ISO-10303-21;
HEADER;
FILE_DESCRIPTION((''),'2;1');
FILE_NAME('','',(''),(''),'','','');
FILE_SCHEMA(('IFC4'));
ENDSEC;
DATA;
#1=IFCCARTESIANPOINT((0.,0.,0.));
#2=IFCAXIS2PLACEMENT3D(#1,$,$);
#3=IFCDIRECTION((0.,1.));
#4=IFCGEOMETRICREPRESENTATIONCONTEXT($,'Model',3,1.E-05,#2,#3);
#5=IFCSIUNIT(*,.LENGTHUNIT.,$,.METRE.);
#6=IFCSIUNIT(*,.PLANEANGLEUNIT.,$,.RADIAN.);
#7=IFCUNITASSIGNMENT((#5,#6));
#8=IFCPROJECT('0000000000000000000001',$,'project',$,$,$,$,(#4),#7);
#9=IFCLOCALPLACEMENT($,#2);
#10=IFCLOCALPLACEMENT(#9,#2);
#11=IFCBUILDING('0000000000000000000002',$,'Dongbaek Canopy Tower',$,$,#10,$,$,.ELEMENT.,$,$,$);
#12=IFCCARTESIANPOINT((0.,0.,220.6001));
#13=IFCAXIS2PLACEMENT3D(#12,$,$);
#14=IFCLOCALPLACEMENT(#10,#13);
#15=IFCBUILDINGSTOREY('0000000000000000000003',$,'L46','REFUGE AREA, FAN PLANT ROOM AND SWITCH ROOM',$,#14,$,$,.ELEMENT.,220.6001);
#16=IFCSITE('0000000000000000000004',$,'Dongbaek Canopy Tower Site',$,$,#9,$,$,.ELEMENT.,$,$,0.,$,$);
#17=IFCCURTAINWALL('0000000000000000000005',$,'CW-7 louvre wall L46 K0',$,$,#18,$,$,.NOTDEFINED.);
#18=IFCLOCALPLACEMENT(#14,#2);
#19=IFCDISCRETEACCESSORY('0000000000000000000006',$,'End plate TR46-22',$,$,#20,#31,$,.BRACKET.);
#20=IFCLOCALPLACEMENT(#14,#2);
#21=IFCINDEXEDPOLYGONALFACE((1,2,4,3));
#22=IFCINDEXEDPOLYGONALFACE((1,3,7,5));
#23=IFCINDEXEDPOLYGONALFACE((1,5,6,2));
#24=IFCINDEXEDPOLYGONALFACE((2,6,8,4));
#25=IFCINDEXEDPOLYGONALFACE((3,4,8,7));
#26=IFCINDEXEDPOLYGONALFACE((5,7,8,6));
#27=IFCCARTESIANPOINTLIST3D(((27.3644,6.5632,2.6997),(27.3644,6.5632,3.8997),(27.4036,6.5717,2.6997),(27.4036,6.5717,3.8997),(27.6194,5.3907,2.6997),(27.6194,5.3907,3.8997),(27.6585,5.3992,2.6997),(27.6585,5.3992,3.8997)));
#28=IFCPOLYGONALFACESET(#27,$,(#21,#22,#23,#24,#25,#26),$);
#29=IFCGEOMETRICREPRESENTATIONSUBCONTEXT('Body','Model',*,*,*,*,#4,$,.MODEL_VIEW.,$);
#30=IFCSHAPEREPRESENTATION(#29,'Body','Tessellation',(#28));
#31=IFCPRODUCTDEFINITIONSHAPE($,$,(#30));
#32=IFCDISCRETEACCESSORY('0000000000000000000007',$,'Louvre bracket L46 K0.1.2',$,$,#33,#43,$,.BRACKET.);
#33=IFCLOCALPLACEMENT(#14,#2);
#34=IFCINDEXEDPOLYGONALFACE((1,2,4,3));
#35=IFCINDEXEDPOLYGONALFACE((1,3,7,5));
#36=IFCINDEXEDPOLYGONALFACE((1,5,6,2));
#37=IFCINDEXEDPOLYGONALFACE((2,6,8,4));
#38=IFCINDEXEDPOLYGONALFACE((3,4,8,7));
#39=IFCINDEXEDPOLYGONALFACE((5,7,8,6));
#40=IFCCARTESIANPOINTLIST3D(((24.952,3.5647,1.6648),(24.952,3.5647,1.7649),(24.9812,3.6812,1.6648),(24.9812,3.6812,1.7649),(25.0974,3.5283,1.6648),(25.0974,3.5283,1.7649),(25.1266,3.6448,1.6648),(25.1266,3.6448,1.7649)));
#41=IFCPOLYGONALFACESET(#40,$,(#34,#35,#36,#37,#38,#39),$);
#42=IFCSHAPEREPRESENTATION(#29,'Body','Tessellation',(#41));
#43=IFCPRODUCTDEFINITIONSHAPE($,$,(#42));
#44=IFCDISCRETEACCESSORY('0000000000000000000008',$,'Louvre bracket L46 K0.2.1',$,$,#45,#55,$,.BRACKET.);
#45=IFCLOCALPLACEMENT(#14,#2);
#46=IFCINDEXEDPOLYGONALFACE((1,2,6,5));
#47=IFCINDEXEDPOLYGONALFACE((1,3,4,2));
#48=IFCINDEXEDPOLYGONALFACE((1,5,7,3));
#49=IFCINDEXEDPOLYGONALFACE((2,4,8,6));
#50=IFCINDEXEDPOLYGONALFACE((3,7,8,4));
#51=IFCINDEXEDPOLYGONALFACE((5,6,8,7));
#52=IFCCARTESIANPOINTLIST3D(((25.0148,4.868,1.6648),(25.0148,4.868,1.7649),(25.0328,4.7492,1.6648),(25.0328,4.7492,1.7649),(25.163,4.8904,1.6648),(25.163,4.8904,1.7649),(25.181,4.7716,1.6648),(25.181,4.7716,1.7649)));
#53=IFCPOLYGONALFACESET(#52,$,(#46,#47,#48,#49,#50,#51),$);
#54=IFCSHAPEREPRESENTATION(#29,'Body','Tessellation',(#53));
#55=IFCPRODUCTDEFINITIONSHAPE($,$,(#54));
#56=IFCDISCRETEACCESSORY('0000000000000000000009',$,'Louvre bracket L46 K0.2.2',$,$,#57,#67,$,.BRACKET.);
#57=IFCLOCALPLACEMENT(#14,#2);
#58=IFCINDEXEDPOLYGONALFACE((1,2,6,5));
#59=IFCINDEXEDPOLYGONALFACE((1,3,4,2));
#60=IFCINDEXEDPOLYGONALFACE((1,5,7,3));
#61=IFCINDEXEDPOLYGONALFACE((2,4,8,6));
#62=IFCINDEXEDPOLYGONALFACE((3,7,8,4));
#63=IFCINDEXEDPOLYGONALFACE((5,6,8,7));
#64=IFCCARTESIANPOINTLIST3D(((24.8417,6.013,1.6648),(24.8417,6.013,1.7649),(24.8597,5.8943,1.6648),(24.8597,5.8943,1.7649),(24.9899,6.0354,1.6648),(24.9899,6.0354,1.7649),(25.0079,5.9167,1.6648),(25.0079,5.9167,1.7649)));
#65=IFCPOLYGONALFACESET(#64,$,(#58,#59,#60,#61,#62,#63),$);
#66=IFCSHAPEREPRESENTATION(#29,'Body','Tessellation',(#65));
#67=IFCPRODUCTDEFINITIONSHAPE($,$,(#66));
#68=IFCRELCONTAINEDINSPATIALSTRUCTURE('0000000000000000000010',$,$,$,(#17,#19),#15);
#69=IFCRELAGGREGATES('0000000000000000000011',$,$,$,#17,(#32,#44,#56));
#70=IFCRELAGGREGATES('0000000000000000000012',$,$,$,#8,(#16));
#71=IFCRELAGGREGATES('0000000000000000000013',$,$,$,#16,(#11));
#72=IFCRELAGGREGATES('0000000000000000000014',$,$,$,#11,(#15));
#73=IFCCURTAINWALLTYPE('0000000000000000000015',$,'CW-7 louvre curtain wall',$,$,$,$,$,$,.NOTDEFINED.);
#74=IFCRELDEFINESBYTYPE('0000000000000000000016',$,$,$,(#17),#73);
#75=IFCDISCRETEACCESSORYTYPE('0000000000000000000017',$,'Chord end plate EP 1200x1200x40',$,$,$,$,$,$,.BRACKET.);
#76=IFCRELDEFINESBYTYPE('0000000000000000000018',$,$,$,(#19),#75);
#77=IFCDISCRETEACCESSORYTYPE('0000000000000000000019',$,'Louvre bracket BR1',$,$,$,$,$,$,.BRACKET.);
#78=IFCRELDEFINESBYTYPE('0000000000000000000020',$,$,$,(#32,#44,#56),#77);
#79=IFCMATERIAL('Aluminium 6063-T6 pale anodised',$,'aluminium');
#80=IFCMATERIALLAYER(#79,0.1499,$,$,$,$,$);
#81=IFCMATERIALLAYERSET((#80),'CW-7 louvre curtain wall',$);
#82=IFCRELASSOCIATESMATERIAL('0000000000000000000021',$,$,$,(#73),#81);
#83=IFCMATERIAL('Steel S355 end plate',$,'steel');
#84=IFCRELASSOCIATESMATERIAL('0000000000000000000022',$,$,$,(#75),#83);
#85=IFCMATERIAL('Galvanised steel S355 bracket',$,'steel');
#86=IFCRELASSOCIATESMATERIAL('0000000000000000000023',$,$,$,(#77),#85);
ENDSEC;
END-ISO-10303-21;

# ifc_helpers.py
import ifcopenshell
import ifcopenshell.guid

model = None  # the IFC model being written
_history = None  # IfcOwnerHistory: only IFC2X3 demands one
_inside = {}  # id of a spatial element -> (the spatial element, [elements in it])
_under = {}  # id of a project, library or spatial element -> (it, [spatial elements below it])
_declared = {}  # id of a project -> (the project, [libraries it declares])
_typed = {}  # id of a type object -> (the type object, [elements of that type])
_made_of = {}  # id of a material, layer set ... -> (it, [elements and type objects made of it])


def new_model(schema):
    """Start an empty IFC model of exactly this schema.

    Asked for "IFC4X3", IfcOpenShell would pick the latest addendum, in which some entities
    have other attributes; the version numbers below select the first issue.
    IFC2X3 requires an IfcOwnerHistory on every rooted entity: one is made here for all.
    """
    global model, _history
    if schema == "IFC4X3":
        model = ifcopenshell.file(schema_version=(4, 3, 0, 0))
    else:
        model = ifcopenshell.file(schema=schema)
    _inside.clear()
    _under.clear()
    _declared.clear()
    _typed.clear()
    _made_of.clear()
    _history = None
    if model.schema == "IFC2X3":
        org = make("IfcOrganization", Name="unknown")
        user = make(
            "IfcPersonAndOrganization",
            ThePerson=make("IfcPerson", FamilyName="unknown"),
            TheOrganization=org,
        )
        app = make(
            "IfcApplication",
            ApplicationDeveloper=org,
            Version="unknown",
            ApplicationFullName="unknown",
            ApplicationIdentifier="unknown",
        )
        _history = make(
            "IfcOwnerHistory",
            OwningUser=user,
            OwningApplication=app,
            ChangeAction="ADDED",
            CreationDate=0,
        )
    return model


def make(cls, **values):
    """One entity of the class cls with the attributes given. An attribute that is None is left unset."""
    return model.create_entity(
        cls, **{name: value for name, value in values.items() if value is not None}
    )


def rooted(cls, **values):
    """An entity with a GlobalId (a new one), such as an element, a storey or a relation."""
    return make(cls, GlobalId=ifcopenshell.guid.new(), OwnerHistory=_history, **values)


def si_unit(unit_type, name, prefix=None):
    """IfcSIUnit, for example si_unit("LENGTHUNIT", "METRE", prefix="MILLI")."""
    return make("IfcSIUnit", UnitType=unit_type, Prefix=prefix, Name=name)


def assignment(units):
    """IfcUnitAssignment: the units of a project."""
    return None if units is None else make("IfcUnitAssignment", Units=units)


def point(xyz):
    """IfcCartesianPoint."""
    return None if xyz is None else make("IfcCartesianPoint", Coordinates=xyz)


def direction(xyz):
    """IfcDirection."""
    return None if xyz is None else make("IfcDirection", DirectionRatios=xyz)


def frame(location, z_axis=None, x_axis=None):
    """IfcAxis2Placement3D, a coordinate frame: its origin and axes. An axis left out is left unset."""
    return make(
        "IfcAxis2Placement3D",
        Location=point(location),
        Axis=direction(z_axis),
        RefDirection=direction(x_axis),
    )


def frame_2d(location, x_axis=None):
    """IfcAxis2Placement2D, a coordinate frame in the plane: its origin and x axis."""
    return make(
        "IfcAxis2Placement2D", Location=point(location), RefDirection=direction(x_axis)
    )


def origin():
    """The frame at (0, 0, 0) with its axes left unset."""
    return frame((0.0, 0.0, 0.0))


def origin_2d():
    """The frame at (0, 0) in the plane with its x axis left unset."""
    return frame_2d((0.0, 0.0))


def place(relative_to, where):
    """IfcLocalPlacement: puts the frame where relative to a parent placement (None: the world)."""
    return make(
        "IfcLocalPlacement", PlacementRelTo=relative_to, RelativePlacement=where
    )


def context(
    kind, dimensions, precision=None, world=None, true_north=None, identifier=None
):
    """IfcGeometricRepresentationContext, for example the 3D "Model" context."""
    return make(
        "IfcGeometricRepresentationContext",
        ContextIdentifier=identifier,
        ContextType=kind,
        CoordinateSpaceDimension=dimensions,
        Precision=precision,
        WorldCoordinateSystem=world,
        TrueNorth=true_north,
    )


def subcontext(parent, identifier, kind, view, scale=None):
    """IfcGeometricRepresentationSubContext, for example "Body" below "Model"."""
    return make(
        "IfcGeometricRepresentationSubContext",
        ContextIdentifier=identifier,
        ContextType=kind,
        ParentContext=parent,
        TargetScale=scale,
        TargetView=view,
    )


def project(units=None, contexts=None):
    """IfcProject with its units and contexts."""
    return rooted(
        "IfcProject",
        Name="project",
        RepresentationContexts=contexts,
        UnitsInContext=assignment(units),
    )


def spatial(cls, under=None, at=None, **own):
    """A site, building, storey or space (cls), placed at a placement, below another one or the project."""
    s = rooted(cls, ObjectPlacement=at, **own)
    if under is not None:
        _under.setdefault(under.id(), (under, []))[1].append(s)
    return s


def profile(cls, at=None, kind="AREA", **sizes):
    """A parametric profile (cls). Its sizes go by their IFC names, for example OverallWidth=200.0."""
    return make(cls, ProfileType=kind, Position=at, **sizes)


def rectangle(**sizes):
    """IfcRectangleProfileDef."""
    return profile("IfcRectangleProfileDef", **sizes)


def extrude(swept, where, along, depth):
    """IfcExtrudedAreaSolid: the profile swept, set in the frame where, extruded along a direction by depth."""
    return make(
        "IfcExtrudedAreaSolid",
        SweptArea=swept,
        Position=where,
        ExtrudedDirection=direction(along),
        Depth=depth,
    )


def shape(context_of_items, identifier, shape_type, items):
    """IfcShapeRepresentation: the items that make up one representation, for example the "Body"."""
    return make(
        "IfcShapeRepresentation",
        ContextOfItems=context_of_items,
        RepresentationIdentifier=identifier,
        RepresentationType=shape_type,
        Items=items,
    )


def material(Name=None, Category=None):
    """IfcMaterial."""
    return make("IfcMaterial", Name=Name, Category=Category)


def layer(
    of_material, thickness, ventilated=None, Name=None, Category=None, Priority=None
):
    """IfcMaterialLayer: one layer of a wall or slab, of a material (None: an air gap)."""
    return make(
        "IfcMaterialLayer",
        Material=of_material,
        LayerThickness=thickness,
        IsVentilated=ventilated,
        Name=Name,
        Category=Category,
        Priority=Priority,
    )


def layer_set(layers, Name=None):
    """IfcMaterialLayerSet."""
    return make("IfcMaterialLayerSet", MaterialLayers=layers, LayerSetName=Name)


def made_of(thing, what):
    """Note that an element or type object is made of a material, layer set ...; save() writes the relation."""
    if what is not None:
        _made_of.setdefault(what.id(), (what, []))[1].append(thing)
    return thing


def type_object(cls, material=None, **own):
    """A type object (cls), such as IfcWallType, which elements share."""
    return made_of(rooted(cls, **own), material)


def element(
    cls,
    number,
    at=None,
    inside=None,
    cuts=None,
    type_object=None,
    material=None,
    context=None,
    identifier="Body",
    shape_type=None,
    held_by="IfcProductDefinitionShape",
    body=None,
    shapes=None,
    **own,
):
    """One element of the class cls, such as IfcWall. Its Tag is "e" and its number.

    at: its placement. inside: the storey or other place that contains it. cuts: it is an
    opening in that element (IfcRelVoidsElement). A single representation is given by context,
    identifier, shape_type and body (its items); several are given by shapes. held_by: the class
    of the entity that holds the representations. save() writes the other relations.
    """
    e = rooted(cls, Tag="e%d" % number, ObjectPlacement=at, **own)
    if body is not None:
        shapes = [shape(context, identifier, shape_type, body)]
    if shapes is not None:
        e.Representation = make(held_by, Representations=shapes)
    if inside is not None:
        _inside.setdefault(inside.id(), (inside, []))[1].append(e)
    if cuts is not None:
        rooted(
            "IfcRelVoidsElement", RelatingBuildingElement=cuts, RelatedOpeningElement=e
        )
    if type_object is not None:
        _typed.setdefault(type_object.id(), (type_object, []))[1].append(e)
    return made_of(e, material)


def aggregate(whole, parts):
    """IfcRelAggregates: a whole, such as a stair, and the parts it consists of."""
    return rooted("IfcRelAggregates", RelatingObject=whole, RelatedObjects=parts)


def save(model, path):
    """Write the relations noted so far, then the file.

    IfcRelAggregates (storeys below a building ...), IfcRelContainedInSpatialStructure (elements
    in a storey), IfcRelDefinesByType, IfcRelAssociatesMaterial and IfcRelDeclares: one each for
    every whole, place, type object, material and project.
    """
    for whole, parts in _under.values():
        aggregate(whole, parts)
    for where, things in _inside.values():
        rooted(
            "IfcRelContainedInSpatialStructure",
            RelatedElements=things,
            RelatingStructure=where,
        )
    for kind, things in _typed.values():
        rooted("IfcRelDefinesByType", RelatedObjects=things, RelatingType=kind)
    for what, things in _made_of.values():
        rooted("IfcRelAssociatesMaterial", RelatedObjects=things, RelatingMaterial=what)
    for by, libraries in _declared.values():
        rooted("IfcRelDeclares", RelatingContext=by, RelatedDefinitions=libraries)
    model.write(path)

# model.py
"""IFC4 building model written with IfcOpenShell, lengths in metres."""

from ifc_helpers import new_model, si_unit, direction, frame, origin, origin_2d, place, context, subcontext, project, spatial, rectangle, extrude, material, layer, layer_set, type_object, element, aggregate, save


model = new_model("IFC4")

# Units and contexts
model_context = context("Model", 3, precision=1e-05, world=origin(), true_north=direction((0.0, 1.0)))
body_context = subcontext(model_context, "Body", "Model", "MODEL_VIEW")
ifc_project = project(units=[si_unit("LENGTHUNIT", "METRE"), si_unit("PLANEANGLEUNIT", "RADIAN")], contexts=[model_context])

# Site, building, storey
site_placement = place(None, origin())
site = spatial("IfcSite", under=ifc_project, at=site_placement, Name="Dongbaek Canopy Tower Site", CompositionType="ELEMENT", RefElevation=0.0)
building_placement = place(site_placement, origin())
building = spatial("IfcBuilding", under=site, at=building_placement, Name="Dongbaek Canopy Tower", CompositionType="ELEMENT")
storey_placement = place(building_placement, frame((0.0, 0.0, 220.6001)))
storey = spatial("IfcBuildingStorey", under=building, at=storey_placement, Name="L46", Description="REFUGE AREA, FAN PLANT ROOM AND SWITCH ROOM", CompositionType="ELEMENT", Elevation=220.6001)

# Curtain wall
ifc_material_1 = material(Name="Aluminium 6063-T6 pale anodised", Category="aluminium")
ifc_layer_1 = layer(ifc_material_1, 0.1499)
ifc_layer_set_1 = layer_set([ifc_layer_1], Name="CW-7 louvre curtain wall")
curtain_wall_type = type_object("IfcCurtainWallType", Name="CW-7 louvre curtain wall", PredefinedType="NOTDEFINED", material=ifc_layer_set_1)
curtain_wall_placement = place(storey_placement, origin())
curtain_wall = element("IfcCurtainWall", 1, at=curtain_wall_placement, inside=storey, type_object=curtain_wall_type, Name="CW-7 louvre wall L46 K0", PredefinedType="NOTDEFINED")

# Discrete accessories
ifc_material_2 = material(Name="Steel S355 end plate", Category="steel")
discrete_accessory_type_1 = type_object("IfcDiscreteAccessoryType", Name="Chord end plate EP 1200x1200x40", PredefinedType="BRACKET", material=ifc_material_2)
discrete_accessory_1_placement = place(storey_placement, frame((27.5115, 5.9812, 2.6997), z_axis=(0.0, 0.0, 1.0), x_axis=(-0.977172, -0.212449, 0.0)))
element("IfcDiscreteAccessory", 2, at=discrete_accessory_1_placement, inside=storey, type_object=discrete_accessory_type_1, Name="End plate TR46-22", PredefinedType="BRACKET", context=body_context, shape_type="SweptSolid", body=[
    extrude(rectangle(XDim=0.04, YDim=1.2, at=origin_2d()), origin(), (0.0, 0.0, 1.0), 1.2),
])
ifc_material_3 = material(Name="Galvanised steel S355 bracket", Category="steel")
discrete_accessory_type_2 = type_object("IfcDiscreteAccessoryType", Name="Louvre bracket BR1", PredefinedType="BRACKET", material=ifc_material_3)
discrete_accessory_2_placement = place(storey_placement, frame((25.0393, 3.6047, 1.6648), z_axis=(0.0, 0.0, 1.0), x_axis=(0.242808, 0.970074, 0.0)))
discrete_accessory_2 = element("IfcDiscreteAccessory", 3, at=discrete_accessory_2_placement, type_object=discrete_accessory_type_2, Name="Louvre bracket L46 K0.1.2", PredefinedType="BRACKET", context=body_context, shape_type="SweptSolid", body=[
    extrude(rectangle(XDim=0.1201, YDim=0.1499, at=origin_2d()), origin(), (0.0, 0.0, 1.0), 0.1001),
])
discrete_accessory_3_placement = place(storey_placement, frame((25.0979, 4.8198, 1.6648), z_axis=(0.0, 0.0, 1.0), x_axis=(-0.149424, 0.988773, 0.0)))
discrete_accessory_3 = element("IfcDiscreteAccessory", 4, at=discrete_accessory_3_placement, type_object=discrete_accessory_type_2, Name="Louvre bracket L46 K0.2.1", PredefinedType="BRACKET", context=body_context, shape_type="SweptSolid", body=[
    extrude(rectangle(XDim=0.1201, YDim=0.1499, at=origin_2d()), origin(), (0.0, 0.0, 1.0), 0.1001),
])
discrete_accessory_4_placement = place(storey_placement, frame((24.9248, 5.9648, 1.6648), z_axis=(0.0, 0.0, 1.0), x_axis=(-0.149424, 0.988773, 0.0)))
discrete_accessory_4 = element("IfcDiscreteAccessory", 5, at=discrete_accessory_4_placement, type_object=discrete_accessory_type_2, Name="Louvre bracket L46 K0.2.2", PredefinedType="BRACKET", context=body_context, shape_type="SweptSolid", body=[
    extrude(rectangle(XDim=0.1201, YDim=0.1499, at=origin_2d()), origin(), (0.0, 0.0, 1.0), 0.1001),
])
aggregate(curtain_wall, [discrete_accessory_2, discrete_accessory_3, discrete_accessory_4])

save(model, "model.ifc")
